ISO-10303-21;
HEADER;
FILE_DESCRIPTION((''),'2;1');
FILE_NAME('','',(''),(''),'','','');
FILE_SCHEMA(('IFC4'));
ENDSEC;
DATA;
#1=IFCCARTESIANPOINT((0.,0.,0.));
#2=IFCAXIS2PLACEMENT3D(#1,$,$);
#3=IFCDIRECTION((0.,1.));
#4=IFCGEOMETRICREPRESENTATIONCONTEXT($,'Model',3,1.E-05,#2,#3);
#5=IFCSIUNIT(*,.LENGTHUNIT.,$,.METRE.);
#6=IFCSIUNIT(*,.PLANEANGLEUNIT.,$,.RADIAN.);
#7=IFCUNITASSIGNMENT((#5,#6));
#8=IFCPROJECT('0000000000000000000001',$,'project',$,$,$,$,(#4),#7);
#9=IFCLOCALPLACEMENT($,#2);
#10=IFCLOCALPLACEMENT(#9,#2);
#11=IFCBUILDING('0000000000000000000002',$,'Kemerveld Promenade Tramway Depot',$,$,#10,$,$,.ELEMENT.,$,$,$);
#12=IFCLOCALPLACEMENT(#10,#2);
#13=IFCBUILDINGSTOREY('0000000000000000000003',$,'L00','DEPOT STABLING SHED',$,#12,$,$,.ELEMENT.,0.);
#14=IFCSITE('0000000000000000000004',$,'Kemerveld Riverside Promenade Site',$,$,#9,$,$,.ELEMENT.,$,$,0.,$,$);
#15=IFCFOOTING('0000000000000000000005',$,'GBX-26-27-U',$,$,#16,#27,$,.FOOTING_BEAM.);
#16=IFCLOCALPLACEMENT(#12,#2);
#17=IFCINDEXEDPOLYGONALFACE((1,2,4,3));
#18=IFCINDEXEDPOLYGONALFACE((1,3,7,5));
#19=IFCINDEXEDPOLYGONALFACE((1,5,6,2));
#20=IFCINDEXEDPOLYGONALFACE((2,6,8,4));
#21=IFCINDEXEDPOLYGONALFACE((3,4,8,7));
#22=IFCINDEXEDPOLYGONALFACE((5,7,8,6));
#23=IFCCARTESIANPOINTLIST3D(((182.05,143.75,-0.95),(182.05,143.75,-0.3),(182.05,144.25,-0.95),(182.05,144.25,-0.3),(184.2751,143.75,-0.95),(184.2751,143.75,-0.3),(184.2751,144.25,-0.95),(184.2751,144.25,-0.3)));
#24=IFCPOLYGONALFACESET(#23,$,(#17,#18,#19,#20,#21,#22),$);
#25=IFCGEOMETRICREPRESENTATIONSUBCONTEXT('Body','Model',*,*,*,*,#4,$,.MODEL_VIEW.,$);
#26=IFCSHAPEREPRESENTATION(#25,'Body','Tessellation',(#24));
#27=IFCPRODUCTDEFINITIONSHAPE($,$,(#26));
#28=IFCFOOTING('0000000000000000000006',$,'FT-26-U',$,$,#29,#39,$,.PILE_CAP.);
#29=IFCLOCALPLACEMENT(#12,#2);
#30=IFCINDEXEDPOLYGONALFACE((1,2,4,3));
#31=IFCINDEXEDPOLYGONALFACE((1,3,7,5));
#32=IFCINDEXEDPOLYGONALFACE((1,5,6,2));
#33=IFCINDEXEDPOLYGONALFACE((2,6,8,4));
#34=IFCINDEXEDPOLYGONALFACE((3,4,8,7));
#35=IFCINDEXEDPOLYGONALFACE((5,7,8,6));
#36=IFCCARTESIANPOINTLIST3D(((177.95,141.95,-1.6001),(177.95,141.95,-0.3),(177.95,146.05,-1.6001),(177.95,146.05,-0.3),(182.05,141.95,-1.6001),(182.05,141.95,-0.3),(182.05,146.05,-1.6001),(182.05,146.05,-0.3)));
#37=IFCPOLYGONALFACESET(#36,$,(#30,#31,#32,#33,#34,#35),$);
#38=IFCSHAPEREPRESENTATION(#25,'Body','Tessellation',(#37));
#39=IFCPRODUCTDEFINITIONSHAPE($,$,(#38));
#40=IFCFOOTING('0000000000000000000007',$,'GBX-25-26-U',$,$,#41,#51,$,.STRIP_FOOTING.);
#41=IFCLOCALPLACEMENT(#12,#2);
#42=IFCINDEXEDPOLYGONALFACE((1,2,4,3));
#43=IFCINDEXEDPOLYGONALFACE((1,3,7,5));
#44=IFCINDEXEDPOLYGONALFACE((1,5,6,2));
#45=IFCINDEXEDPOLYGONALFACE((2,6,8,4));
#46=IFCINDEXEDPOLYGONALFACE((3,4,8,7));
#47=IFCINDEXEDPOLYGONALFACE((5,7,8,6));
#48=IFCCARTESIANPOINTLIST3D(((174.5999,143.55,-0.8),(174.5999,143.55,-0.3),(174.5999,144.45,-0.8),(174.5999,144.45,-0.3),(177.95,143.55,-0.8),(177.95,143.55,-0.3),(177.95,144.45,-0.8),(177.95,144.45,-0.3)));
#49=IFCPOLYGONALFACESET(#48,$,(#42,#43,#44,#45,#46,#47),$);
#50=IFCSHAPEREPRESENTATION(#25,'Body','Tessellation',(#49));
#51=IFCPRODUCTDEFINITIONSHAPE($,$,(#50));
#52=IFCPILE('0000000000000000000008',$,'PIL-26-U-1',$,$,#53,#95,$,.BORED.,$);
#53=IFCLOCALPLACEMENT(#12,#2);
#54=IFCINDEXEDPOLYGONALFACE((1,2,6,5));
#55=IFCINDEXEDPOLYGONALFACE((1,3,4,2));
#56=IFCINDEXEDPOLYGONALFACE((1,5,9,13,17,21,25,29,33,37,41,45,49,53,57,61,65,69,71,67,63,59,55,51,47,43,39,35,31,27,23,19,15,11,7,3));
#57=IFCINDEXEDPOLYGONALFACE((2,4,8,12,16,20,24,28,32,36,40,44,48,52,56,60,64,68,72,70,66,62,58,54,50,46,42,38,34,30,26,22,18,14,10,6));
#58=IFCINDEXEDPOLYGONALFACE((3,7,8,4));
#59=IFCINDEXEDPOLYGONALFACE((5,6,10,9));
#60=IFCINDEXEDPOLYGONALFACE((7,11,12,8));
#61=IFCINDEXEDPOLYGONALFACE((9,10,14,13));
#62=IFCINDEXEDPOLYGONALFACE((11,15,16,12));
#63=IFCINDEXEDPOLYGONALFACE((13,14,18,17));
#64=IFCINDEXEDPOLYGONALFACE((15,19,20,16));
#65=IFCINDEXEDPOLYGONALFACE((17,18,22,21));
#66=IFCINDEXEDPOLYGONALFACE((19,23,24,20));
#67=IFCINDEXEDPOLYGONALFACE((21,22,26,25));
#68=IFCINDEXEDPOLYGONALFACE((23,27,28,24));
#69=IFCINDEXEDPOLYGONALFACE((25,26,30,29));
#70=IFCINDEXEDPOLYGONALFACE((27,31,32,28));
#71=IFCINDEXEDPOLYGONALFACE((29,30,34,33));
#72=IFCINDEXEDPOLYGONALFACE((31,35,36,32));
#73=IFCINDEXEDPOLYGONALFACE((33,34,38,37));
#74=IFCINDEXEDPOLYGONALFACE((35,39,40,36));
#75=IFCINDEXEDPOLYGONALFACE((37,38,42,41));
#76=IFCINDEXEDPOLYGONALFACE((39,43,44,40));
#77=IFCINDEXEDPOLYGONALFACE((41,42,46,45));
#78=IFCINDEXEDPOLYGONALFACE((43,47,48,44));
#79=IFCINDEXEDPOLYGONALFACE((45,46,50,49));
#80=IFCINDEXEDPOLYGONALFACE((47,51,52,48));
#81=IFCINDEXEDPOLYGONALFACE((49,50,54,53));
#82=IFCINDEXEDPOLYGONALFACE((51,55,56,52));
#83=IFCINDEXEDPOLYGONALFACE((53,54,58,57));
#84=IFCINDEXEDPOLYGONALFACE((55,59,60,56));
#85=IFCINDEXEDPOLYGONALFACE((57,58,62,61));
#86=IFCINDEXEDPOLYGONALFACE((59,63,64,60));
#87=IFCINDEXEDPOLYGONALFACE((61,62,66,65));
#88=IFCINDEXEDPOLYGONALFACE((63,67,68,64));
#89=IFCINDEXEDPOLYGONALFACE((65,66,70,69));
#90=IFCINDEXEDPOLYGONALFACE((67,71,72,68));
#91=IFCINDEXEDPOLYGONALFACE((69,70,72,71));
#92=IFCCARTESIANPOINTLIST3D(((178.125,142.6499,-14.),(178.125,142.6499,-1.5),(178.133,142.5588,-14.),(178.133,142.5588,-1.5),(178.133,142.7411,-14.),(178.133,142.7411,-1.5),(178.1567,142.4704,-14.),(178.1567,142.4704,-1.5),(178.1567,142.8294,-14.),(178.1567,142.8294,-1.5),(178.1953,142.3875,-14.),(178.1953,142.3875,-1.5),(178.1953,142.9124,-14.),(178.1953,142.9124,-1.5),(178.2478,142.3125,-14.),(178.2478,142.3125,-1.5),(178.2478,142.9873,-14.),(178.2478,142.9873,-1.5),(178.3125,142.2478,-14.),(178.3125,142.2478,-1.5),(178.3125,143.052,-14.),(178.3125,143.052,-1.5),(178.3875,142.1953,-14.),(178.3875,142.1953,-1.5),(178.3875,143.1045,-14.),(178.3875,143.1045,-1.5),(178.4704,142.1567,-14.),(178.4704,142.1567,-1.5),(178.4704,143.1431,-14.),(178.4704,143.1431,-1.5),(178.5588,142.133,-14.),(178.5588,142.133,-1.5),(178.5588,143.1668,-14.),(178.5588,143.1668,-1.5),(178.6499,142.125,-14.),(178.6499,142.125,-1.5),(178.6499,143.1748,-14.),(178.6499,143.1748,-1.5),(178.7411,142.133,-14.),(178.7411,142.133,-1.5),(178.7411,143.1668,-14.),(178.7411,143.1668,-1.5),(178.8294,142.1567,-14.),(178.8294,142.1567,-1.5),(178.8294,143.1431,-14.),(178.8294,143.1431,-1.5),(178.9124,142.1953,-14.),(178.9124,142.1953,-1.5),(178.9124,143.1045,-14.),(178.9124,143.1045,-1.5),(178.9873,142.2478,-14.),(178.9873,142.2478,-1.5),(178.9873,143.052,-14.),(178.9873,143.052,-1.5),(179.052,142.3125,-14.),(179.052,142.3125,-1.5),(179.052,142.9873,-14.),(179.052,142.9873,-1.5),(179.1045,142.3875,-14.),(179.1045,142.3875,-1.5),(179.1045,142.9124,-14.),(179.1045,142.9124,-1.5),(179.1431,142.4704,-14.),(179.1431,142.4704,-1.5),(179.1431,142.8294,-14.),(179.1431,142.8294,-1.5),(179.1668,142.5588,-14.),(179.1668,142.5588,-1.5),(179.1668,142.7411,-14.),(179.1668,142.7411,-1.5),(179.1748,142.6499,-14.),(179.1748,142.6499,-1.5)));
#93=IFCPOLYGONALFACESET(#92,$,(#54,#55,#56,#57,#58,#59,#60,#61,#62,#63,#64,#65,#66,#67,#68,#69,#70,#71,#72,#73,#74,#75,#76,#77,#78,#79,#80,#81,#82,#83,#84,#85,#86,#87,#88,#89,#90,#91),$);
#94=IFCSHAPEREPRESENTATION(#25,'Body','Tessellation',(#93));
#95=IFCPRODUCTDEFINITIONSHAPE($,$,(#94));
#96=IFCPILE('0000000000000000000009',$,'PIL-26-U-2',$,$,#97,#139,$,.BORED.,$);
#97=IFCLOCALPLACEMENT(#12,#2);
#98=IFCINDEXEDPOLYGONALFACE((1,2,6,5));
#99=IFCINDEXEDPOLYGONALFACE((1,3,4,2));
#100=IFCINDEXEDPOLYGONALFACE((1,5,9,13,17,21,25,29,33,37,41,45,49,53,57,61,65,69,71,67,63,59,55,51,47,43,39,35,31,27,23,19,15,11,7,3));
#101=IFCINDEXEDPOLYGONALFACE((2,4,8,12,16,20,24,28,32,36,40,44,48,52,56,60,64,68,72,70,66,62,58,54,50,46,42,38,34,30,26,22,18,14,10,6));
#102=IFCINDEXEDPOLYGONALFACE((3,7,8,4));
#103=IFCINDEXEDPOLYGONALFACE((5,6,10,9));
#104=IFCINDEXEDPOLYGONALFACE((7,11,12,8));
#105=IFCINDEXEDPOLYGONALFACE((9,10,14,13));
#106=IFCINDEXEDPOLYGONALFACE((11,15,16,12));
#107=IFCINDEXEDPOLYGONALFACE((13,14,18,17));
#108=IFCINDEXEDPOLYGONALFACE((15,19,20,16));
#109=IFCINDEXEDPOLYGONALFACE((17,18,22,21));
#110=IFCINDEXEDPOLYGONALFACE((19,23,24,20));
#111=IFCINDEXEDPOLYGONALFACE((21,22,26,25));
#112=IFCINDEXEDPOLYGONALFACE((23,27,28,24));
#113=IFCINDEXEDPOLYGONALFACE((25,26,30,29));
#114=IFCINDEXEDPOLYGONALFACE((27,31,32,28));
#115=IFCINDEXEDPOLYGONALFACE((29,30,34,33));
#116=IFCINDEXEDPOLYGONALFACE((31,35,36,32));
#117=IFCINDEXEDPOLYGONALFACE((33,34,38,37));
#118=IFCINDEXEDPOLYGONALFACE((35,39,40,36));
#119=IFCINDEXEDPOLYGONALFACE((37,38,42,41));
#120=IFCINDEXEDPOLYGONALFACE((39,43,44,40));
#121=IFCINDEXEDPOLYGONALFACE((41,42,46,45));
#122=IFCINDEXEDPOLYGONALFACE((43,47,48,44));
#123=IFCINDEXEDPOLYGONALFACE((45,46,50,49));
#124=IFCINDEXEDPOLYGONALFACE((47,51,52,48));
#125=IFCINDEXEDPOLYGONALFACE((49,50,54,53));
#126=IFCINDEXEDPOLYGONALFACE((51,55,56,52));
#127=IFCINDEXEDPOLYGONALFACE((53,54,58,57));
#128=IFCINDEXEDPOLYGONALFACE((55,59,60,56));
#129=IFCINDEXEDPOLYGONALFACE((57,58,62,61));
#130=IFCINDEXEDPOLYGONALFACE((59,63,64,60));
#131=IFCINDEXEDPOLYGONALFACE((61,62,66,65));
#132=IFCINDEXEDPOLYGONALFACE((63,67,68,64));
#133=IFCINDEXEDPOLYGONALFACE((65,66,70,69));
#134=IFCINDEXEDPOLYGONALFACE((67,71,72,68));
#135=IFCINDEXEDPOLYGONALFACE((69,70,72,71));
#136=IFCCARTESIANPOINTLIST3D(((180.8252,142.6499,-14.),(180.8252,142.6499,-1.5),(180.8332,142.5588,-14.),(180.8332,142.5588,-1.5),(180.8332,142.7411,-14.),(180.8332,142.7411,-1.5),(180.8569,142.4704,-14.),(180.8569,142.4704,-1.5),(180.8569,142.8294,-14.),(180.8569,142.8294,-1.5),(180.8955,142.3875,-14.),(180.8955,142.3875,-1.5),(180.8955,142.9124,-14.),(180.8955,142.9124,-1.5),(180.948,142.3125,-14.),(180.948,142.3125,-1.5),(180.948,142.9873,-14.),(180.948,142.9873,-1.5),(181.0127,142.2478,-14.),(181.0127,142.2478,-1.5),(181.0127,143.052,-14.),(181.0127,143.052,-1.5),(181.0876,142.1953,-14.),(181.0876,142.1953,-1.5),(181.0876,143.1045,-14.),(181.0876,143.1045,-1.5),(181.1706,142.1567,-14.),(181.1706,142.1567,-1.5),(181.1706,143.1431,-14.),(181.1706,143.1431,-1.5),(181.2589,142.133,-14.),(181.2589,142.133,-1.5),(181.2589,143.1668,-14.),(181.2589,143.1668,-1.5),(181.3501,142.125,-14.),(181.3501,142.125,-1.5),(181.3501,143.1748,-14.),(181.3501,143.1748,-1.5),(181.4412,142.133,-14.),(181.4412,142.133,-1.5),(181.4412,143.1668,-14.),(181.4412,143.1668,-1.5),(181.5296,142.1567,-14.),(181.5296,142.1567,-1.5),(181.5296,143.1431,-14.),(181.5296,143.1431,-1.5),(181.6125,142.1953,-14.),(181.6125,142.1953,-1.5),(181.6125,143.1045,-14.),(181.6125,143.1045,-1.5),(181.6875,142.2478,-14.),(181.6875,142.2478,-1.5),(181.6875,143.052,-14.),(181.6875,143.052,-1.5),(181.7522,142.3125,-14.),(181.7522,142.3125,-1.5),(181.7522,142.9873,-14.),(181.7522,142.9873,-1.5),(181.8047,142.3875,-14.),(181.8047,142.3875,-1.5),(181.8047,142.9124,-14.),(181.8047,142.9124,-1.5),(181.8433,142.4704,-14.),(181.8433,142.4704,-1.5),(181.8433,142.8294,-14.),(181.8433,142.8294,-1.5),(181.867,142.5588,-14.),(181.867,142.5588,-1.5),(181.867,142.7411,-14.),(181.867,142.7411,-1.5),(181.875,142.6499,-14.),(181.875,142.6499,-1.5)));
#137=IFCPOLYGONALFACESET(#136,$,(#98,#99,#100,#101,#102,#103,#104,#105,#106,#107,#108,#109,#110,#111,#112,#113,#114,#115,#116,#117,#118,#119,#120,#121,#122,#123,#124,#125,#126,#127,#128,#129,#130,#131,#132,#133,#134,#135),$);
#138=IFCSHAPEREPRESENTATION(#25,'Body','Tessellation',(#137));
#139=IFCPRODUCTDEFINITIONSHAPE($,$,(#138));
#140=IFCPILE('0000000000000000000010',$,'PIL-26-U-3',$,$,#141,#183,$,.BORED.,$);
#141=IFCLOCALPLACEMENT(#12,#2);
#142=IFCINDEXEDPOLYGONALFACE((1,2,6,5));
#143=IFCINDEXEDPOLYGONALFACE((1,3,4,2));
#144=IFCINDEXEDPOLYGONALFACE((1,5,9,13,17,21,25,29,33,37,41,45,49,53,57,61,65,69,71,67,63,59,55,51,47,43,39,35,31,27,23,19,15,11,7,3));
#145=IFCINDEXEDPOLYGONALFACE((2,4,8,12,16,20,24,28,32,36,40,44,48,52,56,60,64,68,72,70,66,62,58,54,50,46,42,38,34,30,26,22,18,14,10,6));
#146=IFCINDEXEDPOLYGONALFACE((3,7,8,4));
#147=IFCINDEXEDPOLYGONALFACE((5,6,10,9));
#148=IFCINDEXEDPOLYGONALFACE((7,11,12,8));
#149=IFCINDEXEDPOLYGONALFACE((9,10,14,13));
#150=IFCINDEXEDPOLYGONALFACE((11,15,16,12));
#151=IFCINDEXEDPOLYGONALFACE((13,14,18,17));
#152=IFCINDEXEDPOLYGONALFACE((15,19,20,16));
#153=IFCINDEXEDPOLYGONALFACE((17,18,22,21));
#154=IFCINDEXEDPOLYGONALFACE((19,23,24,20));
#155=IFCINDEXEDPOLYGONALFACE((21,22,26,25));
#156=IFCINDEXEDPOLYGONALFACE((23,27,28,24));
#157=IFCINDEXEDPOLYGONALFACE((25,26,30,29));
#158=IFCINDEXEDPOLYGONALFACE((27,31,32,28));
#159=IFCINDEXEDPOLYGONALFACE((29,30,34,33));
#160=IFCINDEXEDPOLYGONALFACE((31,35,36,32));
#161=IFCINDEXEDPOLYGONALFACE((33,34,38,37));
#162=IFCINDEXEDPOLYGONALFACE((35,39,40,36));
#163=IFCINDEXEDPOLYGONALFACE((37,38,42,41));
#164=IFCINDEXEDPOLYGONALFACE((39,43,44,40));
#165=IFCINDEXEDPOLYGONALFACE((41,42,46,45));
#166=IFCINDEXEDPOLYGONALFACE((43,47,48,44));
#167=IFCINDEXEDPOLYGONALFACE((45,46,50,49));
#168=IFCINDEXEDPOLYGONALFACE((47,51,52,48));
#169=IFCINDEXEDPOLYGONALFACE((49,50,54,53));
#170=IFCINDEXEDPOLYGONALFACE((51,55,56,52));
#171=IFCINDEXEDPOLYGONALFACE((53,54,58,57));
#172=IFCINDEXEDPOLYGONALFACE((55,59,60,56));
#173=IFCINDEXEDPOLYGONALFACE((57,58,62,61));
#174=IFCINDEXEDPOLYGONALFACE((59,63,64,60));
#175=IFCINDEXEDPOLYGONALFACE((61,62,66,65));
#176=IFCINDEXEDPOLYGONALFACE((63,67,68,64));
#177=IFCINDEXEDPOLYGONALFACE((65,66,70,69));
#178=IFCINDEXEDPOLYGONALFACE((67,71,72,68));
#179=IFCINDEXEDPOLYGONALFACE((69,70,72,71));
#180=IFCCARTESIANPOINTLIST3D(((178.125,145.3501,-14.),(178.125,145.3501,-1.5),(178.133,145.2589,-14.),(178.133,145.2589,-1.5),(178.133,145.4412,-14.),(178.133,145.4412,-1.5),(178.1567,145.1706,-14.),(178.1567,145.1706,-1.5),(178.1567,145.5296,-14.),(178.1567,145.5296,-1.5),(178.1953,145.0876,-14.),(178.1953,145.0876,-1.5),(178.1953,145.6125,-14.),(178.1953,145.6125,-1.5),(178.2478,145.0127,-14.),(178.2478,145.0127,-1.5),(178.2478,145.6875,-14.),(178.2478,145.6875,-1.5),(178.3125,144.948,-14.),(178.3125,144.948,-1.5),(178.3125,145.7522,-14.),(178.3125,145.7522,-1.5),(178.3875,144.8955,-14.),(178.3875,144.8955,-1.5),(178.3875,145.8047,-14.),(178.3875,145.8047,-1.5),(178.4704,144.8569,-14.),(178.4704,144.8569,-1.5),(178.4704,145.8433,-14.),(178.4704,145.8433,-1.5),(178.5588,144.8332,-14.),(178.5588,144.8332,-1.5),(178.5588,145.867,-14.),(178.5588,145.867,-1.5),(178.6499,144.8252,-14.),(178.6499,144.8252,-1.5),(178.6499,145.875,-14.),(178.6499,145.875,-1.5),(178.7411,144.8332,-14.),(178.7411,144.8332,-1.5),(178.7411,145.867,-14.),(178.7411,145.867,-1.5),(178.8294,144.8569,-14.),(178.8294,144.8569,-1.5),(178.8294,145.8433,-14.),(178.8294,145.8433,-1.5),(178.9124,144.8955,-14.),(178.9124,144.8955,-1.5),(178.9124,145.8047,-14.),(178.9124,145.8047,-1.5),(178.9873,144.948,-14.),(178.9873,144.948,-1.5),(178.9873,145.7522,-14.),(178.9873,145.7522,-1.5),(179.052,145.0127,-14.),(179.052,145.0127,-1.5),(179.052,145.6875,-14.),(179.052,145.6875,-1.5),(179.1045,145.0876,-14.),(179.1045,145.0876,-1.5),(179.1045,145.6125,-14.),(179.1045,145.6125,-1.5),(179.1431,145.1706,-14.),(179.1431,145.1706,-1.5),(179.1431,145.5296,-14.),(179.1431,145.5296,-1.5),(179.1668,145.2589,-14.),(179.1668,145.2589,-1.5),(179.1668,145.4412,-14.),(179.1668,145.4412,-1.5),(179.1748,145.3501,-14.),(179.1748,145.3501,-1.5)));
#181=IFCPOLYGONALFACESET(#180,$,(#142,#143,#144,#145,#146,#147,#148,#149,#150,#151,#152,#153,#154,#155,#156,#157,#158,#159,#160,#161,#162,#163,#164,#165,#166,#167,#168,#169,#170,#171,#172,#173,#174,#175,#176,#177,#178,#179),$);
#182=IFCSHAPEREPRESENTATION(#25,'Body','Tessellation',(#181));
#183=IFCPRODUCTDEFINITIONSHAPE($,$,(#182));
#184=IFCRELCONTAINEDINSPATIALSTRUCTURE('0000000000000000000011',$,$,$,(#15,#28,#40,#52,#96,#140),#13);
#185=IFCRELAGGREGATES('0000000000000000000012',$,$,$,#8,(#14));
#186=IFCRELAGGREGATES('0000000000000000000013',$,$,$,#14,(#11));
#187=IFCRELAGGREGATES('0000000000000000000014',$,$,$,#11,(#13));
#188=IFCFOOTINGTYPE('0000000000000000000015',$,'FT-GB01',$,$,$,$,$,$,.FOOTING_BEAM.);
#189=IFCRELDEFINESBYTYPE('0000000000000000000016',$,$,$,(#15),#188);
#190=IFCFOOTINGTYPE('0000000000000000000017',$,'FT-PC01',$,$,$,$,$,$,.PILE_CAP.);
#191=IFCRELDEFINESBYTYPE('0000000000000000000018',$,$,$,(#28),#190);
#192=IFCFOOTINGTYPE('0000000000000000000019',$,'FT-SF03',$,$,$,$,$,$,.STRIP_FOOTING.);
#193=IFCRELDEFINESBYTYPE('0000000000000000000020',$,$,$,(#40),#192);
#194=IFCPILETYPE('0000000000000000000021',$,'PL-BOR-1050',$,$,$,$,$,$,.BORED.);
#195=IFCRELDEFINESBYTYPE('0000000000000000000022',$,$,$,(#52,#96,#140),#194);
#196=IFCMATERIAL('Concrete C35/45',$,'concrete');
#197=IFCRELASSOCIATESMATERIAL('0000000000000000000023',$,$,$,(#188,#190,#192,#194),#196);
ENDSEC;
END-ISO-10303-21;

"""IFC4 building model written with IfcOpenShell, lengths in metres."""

from ifc_helpers import new_model, si_unit, direction, frame, origin, origin_2d, place, context, subcontext, project, spatial, rectangle, circle, extrude, material, material_profile, profile_set, type_object, element, save


model = new_model("IFC4")

# Units and contexts
model_context = context("Model", 3, precision=1e-05, world=origin(), true_north=direction((0.0, 1.0)))
body_context = subcontext(model_context, "Body", "Model", "MODEL_VIEW")
ifc_project = project(units=[si_unit("LENGTHUNIT", "METRE"), si_unit("PLANEANGLEUNIT", "RADIAN")], contexts=[model_context])

# Site, building, storey
site_placement = place(None, origin())
site = spatial("IfcSite", under=ifc_project, at=site_placement, Name="Kemerveld Riverside Promenade Site", CompositionType="ELEMENT", RefElevation=0.0)
building_placement = place(site_placement, origin())
building = spatial("IfcBuilding", under=site, at=building_placement, Name="Kemerveld Promenade Tramway Depot", CompositionType="ELEMENT")
storey_placement = place(building_placement, origin())
storey = spatial("IfcBuildingStorey", under=building, at=storey_placement, Name="L00", Description="DEPOT STABLING SHED", CompositionType="ELEMENT", Elevation=0.0)

# Footings
ifc_material_1 = material(Name="Concrete C35/45", Category="concrete")
footing_type_1 = type_object("IfcFootingType", Name="FT-GB01", PredefinedType="FOOTING_BEAM", material=ifc_material_1)
footing_1_placement = place(storey_placement, frame((183.1626, 144.0, -0.95), z_axis=(0.0, 0.0, 1.0), x_axis=(1.0, 0.0, 0.0)))
element("IfcFooting", 1, at=footing_1_placement, inside=storey, type_object=footing_type_1, Name="GBX-26-27-U", PredefinedType="FOOTING_BEAM", context=body_context, shape_type="SweptSolid", body=[
    extrude(rectangle(XDim=2.2251, YDim=0.5, at=origin_2d()), origin(), (0.0, 0.0, 1.0), 0.6499),
])
footing_type_2 = type_object("IfcFootingType", Name="FT-PC01", PredefinedType="PILE_CAP", material=ifc_material_1)
footing_2_placement = place(storey_placement, frame((180.0, 144.0, -1.6001), z_axis=(0.0, 0.0, 1.0), x_axis=(1.0, 0.0, 0.0)))
element("IfcFooting", 2, at=footing_2_placement, inside=storey, type_object=footing_type_2, Name="FT-26-U", PredefinedType="PILE_CAP", context=body_context, shape_type="SweptSolid", body=[
    extrude(rectangle(XDim=4.1001, YDim=4.1001, at=origin_2d()), origin(), (0.0, 0.0, 1.0), 1.3),
])
footing_type_3 = type_object("IfcFootingType", Name="FT-SF03", PredefinedType="STRIP_FOOTING", material=ifc_material_1)
footing_3_placement = place(storey_placement, frame((176.2749, 144.0, -0.8), z_axis=(0.0, 0.0, 1.0), x_axis=(1.0, 0.0, 0.0)))
element("IfcFooting", 3, at=footing_3_placement, inside=storey, type_object=footing_type_3, Name="GBX-25-26-U", PredefinedType="STRIP_FOOTING", context=body_context, shape_type="SweptSolid", body=[
    extrude(rectangle(XDim=3.3501, YDim=0.8999, at=origin_2d()), origin(), (0.0, 0.0, 1.0), 0.5),
])

# Piles
ifc_material_profile_1 = material_profile(ifc_material_1, circle(Radius=0.5249, at=origin_2d()), Name="PILE-D1050")
ifc_profile_set_1 = profile_set([ifc_material_profile_1], Name="Concrete C35/45")
pile_type = type_object("IfcPileType", Name="PL-BOR-1050", PredefinedType="BORED", material=ifc_profile_set_1)
for number, where, z_axis, x_axis, name in (
    (4, (178.6499, 142.6499, -1.5), (0.0, 0.0, -1.0), (1.0, 0.0, 0.0), "PIL-26-U-1"),
    (5, (181.3501, 142.6499, -1.5), (0.0, 0.0, -1.0), (1.0, 0.0, 0.0), "PIL-26-U-2"),
    (6, (178.6499, 145.3501, -1.5), (0.0, 0.0, -1.0), (1.0, 0.0, 0.0), "PIL-26-U-3"),
):
    element("IfcPile", number, at=place(storey_placement, frame(where, z_axis=z_axis, x_axis=x_axis)), inside=storey, type_object=pile_type, Name=name, PredefinedType="BORED", context=body_context, shape_type="SweptSolid", body=[
        extrude(circle(Radius=0.5249, at=origin_2d()), origin(), (0.0, 0.0, 1.0), 12.5),
    ])

save(model, "model.ifc")
